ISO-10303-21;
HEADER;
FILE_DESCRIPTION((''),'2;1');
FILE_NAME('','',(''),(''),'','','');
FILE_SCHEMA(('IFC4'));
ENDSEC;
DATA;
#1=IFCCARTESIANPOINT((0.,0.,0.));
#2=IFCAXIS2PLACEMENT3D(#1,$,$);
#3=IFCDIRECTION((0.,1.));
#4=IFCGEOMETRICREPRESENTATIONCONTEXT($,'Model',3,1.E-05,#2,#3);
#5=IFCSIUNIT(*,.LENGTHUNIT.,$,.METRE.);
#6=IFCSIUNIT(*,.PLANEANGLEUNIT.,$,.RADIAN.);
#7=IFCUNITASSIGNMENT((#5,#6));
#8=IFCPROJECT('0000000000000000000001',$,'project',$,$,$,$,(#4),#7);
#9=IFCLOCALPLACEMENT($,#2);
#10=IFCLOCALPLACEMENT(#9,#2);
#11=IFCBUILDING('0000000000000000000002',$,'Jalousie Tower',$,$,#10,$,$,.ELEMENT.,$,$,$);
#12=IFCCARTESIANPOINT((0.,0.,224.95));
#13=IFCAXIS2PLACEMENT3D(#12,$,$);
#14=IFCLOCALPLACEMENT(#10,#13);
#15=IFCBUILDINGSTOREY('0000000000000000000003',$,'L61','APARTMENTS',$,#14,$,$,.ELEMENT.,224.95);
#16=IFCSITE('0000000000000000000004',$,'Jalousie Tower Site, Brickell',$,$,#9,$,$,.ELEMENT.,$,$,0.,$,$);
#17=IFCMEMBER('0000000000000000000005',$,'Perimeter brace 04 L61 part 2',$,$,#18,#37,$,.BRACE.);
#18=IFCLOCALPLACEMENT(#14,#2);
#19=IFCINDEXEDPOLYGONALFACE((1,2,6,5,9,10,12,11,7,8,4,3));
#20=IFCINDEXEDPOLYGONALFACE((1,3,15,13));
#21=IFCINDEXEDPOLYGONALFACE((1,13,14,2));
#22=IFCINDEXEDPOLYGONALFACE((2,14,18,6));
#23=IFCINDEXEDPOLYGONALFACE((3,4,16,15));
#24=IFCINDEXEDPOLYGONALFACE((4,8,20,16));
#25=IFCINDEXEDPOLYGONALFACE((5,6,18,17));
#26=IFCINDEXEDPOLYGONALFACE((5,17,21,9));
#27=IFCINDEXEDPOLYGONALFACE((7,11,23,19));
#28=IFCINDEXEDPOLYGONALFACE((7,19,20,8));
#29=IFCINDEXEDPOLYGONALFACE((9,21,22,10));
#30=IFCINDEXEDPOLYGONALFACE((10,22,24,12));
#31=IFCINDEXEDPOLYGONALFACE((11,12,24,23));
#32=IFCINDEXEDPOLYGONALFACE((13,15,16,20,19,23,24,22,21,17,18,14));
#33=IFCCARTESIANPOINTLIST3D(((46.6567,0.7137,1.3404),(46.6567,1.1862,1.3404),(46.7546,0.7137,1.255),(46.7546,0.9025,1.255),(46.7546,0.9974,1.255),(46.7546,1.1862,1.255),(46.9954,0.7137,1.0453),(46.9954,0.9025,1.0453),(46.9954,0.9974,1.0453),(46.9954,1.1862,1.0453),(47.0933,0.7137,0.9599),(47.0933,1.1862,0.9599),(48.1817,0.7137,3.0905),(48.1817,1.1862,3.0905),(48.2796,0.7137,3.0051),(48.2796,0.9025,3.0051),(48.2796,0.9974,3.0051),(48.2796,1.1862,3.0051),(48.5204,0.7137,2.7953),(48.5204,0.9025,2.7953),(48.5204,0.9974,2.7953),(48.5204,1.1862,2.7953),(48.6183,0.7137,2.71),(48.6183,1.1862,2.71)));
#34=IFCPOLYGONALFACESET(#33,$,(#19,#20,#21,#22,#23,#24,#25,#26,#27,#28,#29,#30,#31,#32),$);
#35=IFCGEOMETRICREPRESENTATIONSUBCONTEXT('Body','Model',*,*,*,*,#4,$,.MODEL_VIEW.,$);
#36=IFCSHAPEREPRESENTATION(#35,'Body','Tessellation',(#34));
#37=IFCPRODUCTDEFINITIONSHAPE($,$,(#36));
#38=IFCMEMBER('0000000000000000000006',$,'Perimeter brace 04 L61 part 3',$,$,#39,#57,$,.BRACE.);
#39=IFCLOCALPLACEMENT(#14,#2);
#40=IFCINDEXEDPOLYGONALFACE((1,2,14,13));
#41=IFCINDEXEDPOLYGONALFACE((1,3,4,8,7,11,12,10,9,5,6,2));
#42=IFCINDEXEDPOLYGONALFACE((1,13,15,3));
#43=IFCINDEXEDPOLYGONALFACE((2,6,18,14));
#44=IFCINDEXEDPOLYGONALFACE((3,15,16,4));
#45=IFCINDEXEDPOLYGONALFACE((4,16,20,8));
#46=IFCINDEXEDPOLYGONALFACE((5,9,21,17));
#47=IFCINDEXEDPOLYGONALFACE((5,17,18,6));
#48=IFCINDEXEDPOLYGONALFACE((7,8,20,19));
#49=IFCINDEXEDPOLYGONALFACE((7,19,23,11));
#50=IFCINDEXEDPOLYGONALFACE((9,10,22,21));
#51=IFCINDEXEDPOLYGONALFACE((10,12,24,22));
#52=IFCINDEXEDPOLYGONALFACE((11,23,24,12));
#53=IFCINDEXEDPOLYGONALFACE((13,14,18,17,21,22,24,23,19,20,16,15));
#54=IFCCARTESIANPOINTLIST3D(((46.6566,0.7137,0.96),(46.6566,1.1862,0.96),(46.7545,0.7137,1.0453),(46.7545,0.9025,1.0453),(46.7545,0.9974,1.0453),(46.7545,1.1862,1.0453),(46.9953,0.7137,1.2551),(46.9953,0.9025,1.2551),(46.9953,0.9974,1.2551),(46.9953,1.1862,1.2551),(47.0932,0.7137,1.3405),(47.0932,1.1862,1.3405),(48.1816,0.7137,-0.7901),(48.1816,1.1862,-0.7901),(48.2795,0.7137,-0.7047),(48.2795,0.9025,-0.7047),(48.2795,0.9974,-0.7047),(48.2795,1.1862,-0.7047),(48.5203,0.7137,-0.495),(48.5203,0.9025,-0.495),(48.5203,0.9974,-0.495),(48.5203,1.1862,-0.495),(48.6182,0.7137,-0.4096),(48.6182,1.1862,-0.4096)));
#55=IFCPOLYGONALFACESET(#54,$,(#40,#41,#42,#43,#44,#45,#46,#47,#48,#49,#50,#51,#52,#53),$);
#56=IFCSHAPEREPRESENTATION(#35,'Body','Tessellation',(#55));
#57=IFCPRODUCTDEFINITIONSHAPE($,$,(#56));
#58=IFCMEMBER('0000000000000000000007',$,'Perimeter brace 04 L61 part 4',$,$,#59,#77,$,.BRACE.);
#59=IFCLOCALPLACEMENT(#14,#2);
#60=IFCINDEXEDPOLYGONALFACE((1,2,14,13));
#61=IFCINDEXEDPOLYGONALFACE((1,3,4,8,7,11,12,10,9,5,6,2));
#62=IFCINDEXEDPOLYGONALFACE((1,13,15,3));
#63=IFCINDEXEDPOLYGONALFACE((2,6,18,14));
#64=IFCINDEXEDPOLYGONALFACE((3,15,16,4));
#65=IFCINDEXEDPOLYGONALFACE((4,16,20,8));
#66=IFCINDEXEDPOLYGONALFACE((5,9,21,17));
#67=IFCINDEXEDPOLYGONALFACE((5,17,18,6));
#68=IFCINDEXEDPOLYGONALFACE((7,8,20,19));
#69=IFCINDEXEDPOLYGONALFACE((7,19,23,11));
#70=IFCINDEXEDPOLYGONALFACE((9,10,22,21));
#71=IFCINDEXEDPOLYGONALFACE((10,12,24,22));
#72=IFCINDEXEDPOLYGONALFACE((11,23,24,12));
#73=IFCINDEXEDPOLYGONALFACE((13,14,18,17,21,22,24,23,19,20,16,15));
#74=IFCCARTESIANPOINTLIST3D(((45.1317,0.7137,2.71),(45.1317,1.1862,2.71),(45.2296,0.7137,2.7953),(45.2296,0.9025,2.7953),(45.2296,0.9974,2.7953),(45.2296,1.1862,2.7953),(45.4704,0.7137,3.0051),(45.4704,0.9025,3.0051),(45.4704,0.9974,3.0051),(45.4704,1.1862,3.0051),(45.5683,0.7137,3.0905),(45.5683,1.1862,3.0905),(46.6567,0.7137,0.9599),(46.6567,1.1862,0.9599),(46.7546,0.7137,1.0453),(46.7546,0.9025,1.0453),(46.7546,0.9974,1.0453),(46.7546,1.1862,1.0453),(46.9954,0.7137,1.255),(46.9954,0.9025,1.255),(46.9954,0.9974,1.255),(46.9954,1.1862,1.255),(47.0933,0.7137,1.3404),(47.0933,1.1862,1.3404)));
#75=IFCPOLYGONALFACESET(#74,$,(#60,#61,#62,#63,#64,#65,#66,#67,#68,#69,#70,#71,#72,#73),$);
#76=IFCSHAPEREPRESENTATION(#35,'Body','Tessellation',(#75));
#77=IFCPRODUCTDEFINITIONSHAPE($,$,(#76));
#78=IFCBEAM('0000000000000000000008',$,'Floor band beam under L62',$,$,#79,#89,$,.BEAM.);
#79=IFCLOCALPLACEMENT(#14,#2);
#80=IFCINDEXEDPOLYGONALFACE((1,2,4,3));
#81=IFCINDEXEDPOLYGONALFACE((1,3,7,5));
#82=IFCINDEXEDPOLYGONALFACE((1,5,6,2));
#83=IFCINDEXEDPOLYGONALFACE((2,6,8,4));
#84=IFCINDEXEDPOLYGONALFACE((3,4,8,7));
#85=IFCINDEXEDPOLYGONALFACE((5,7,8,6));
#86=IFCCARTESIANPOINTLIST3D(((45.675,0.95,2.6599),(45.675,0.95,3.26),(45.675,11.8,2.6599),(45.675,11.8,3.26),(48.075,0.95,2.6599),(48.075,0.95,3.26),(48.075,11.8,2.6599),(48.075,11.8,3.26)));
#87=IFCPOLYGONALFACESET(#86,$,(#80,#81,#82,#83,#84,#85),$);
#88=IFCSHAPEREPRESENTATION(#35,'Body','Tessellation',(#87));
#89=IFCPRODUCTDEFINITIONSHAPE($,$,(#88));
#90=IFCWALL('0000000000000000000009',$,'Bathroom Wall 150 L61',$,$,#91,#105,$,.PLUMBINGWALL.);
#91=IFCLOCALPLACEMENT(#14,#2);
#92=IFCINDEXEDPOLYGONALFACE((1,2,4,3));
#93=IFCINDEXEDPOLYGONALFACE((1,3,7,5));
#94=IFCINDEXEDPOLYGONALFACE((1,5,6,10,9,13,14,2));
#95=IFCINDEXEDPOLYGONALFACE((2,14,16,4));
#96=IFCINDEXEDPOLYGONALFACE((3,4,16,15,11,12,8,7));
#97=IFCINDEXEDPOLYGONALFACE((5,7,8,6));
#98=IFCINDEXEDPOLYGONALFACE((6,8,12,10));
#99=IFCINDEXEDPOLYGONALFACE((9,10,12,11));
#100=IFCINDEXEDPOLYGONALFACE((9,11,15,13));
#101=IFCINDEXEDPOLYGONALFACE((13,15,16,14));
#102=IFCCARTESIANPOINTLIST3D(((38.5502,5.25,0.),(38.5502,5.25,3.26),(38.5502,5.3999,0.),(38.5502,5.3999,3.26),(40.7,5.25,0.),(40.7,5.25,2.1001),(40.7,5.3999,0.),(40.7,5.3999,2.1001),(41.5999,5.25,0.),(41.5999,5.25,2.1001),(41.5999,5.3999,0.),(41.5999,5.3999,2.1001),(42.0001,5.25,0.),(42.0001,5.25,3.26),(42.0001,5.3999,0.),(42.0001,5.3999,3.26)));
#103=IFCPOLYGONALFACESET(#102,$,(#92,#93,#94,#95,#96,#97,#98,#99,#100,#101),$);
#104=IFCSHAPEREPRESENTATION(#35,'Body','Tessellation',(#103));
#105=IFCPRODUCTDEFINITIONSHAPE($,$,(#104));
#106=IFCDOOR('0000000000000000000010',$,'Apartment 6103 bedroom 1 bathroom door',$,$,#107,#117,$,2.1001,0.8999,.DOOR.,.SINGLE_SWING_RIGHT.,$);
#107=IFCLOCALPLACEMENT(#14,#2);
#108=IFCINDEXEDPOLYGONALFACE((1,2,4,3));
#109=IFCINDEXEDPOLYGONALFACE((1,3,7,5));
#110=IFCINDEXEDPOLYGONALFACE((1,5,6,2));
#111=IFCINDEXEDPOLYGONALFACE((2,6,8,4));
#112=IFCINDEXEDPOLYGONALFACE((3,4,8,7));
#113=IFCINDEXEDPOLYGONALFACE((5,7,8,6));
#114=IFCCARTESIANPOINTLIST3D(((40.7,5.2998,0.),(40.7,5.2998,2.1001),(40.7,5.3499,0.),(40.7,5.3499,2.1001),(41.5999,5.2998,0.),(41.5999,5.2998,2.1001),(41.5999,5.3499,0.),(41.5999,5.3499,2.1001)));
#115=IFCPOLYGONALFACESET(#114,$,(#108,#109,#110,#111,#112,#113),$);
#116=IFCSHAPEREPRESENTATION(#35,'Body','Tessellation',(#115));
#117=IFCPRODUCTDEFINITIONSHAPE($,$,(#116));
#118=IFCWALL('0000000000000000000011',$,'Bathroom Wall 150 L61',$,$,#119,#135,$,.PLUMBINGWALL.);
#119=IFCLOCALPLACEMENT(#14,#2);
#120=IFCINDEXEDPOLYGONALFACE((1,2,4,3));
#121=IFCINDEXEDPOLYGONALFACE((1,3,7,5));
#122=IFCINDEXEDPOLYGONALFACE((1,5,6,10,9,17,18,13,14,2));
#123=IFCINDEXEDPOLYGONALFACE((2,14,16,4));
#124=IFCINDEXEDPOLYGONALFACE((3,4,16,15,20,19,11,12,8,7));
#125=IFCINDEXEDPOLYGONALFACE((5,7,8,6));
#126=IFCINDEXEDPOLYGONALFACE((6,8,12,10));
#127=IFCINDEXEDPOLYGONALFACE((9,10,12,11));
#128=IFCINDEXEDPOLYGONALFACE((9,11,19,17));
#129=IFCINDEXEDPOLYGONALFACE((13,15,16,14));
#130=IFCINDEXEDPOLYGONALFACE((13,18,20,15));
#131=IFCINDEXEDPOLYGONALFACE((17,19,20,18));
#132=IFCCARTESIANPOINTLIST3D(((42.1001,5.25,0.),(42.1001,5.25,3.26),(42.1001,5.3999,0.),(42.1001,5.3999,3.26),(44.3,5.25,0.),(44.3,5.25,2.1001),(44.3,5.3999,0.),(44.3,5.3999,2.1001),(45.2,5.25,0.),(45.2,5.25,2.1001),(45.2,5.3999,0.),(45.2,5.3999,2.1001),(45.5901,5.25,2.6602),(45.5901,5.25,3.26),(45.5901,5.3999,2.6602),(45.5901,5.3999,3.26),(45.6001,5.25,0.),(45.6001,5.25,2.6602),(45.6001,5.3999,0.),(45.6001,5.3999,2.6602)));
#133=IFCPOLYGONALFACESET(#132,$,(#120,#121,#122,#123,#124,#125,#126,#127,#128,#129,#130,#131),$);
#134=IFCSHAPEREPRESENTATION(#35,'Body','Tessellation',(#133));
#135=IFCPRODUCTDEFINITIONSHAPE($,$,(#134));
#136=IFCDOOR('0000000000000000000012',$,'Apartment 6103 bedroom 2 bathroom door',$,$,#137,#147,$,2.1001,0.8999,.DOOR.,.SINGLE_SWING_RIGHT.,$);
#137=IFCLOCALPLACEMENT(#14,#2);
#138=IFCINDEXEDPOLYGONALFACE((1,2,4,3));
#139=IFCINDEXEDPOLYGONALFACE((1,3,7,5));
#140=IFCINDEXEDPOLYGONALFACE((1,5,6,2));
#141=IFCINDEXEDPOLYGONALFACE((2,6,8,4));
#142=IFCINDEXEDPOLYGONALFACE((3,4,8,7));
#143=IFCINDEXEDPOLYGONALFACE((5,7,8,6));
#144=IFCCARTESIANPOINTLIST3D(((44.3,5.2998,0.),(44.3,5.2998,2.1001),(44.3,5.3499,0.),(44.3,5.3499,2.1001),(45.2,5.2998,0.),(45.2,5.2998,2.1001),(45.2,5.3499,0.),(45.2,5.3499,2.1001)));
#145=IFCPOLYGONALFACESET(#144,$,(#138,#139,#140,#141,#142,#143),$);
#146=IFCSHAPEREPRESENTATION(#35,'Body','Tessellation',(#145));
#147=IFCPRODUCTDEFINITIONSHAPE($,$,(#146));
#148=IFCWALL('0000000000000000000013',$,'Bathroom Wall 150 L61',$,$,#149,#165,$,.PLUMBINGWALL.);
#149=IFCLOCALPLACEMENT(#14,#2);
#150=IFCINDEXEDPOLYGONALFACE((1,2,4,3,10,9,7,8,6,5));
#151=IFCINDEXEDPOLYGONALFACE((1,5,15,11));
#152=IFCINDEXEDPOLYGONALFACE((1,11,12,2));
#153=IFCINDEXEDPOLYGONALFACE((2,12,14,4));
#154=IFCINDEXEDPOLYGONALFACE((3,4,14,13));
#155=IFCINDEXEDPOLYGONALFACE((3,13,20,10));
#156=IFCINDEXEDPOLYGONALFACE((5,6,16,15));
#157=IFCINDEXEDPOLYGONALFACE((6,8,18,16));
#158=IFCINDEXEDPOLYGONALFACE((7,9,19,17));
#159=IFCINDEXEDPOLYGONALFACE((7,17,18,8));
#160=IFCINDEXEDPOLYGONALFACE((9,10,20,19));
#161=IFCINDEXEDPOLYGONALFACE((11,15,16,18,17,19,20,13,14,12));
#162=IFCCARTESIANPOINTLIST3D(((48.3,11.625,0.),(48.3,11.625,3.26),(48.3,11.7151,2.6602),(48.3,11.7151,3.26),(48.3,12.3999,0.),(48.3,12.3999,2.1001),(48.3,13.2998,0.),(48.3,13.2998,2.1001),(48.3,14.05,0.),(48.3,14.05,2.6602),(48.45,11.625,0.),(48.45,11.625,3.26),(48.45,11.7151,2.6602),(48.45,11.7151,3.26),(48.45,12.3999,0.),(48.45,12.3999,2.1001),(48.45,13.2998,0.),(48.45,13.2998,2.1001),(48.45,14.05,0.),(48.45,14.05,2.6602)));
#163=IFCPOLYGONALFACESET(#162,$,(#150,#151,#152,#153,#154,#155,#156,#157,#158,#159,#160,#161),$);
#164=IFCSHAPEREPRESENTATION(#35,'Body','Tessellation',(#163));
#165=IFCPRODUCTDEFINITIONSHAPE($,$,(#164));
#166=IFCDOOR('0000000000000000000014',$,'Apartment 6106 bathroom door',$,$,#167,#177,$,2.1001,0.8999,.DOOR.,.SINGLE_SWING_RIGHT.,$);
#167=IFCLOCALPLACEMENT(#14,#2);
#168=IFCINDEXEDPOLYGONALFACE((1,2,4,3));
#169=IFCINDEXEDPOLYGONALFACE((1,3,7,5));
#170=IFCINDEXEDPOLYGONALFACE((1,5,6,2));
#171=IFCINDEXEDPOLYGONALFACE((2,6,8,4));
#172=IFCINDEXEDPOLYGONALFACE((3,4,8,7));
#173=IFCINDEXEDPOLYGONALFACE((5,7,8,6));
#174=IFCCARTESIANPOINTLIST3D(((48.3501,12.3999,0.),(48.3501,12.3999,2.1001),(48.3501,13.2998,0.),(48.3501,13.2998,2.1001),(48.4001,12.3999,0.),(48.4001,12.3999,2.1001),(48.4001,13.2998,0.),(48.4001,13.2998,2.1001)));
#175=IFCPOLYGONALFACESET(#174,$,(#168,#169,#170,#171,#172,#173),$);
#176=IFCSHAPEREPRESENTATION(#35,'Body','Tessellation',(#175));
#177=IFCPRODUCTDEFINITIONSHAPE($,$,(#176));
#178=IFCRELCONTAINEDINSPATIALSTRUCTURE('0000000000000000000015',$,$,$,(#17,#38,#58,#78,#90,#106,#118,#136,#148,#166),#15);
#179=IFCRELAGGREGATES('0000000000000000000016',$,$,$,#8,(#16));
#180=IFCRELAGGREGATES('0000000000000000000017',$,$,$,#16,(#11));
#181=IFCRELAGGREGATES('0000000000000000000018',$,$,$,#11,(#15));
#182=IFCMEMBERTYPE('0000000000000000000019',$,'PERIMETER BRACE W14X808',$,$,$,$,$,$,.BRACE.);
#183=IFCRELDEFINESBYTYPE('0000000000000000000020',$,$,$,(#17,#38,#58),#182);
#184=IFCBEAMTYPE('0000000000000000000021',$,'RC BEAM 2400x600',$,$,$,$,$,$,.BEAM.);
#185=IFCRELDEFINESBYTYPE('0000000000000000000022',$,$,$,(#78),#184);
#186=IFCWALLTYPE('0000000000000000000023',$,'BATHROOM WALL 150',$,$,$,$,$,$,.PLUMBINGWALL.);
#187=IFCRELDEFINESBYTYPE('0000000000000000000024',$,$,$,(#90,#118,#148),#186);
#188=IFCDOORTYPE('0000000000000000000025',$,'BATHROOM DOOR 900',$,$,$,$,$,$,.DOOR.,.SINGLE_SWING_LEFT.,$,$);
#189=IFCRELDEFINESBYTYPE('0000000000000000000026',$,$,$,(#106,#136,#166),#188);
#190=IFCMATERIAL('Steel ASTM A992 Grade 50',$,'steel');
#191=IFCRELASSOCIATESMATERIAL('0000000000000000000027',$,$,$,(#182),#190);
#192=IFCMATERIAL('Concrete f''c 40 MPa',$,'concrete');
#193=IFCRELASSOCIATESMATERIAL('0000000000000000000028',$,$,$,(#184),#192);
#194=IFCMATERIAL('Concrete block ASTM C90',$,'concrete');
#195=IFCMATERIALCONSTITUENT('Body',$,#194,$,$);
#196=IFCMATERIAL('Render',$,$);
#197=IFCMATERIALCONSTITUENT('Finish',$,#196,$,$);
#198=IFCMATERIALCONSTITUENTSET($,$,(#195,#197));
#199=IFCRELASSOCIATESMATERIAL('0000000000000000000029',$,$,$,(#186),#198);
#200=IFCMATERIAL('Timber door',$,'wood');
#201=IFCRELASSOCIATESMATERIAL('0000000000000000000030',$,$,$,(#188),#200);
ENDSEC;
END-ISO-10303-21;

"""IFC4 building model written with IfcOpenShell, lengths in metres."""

from ifc_helpers import new_model, si_unit, direction, frame, frame_2d, origin, origin_2d, place, context, subcontext, project, spatial, polyline, rectangle, i_section, outline, extrude, material, constituent, constituent_set, material_profile, profile_set, type_object, element, fill, save


model = new_model("IFC4")

# Units and contexts
model_context = context("Model", 3, precision=1e-05, world=origin(), true_north=direction((0.0, 1.0)))
body_context = subcontext(model_context, "Body", "Model", "MODEL_VIEW")
ifc_project = project(units=[si_unit("LENGTHUNIT", "METRE"), si_unit("PLANEANGLEUNIT", "RADIAN")], contexts=[model_context])

# Site, building, storey
site_placement = place(None, origin())
site = spatial("IfcSite", under=ifc_project, at=site_placement, Name="Jalousie Tower Site, Brickell", CompositionType="ELEMENT", RefElevation=0.0)
building_placement = place(site_placement, origin())
building = spatial("IfcBuilding", under=site, at=building_placement, Name="Jalousie Tower", CompositionType="ELEMENT")
storey_placement = place(building_placement, frame((0.0, 0.0, 224.95)))
storey = spatial("IfcBuildingStorey", under=building, at=storey_placement, Name="L61", Description="APARTMENTS", CompositionType="ELEMENT", Elevation=224.95)

# Members
ifc_material_1 = material(Name="Steel ASTM A992 Grade 50", Category="steel")
ifc_material_profile_1 = material_profile(ifc_material_1, i_section(OverallWidth=0.4724, OverallDepth=0.5791, WebThickness=0.095, FlangeThickness=0.1299, at=origin_2d()), Name="W14X808")
ifc_profile_set_1 = profile_set([ifc_material_profile_1], Name="Steel ASTM A992 Grade 50")
member_type = type_object("IfcMemberType", Name="PERIMETER BRACE W14X808", PredefinedType="BRACE", material=ifc_profile_set_1)
for number, where, z_axis, x_axis, name in (
    (1, (46.875, 0.95, 1.1501), (0.656954, 0.0, 0.75393), (0.0, 1.0, 0.0), "Perimeter brace 04 L61 part 2"),
    (2, (48.3999, 0.95, -0.5999), (-0.656954, 0.0, 0.75393), (0.0, -1.0, 0.0), "Perimeter brace 04 L61 part 3"),
    (3, (46.875, 0.95, 1.1501), (-0.656954, 0.0, 0.75393), (0.0, -1.0, 0.0), "Perimeter brace 04 L61 part 4"),
):
    element("IfcMember", number, at=place(storey_placement, frame(where, z_axis=z_axis, x_axis=x_axis)), inside=storey, type_object=member_type, Name=name, PredefinedType="BRACE", context=body_context, shape_type="SweptSolid", body=[
        extrude(i_section(OverallWidth=0.4724, OverallDepth=0.5791, WebThickness=0.095, FlangeThickness=0.1299, at=origin_2d()), origin(), (0.0, 0.0, 1.0), 2.3213),
    ])

# Beam
ifc_material_2 = material(Name="Concrete f'c 40 MPa", Category="concrete")
ifc_material_profile_2 = material_profile(ifc_material_2, rectangle(XDim=2.3999, YDim=0.6001, at=origin_2d()), Name="RC 2400x600")
ifc_profile_set_2 = profile_set([ifc_material_profile_2], Name="Concrete f'c 40 MPa")
beam_type = type_object("IfcBeamType", Name="RC BEAM 2400x600", PredefinedType="BEAM", material=ifc_profile_set_2)
beam_placement = place(storey_placement, frame((46.875, 0.95, 2.96), z_axis=(0.0, 1.0, 0.0), x_axis=(-1.0, 0.0, 0.0)))
element("IfcBeam", 4, at=beam_placement, inside=storey, type_object=beam_type, Name="Floor band beam under L62", PredefinedType="BEAM", context=body_context, shape_type="SweptSolid", body=[
    extrude(rectangle(XDim=2.3999, YDim=0.6001, at=origin_2d()), origin(), (0.0, 0.0, 1.0), 10.8501),
])

# Walls, openings, doors
ifc_material_3 = material(Name="Concrete block ASTM C90", Category="concrete")
ifc_constituent_1 = constituent(ifc_material_3, Name="Body")
ifc_material_4 = material(Name="Render")
ifc_constituent_2 = constituent(ifc_material_4, Name="Finish")
ifc_constituent_set_1 = constituent_set(constituents=[ifc_constituent_1, ifc_constituent_2])
wall_type_1 = type_object("IfcWallType", Name="BATHROOM WALL 150", PredefinedType="PLUMBINGWALL", material=ifc_constituent_set_1)
wall_1_placement = place(storey_placement, frame((38.55, 5.325, 0.0), z_axis=(0.0, 0.0, 1.0), x_axis=(1.0, 0.0, 0.0)))
wall_1 = element("IfcWall", 5, at=wall_1_placement, inside=storey, type_object=wall_type_1, Name="Bathroom Wall 150 L61", PredefinedType="PLUMBINGWALL", context=body_context, shape_type="SweptSolid", body=[
    extrude(rectangle(XDim=3.45, YDim=0.1499, at=frame_2d((1.7251, 0.0))), origin(), (0.0, 0.0, 1.0), 3.26),
])
opening_1_placement = place(wall_1_placement, frame((2.1499, 0.0, 0.0)))
opening_1 = element("IfcOpeningElement", 6, at=opening_1_placement, cuts=wall_1, PredefinedType="OPENING", context=body_context, shape_type="SweptSolid", body=[
    extrude(rectangle(XDim=0.8999, YDim=2.1001, at=frame_2d((0.45, 1.05))), frame((0.0, 0.085, 0.0), z_axis=(0.0, -1.0, 0.0), x_axis=(1.0, 0.0, 0.0)), (0.0, 0.0, 1.0), 0.1699),
])
ifc_material_5 = material(Name="Timber door", Category="wood")
door_type_1 = type_object("IfcDoorType", Name="BATHROOM DOOR 900", OperationType="SINGLE_SWING_LEFT", PredefinedType="DOOR", material=ifc_material_5)
door_1_placement = place(opening_1_placement, origin())
door_1 = element("IfcDoor", 7, at=door_1_placement, inside=storey, type_object=door_type_1, Name="Apartment 6103 bedroom 1 bathroom door", OperationType="SINGLE_SWING_RIGHT", OverallHeight=2.1001, OverallWidth=0.8999, PredefinedType="DOOR", context=body_context, shape_type="SweptSolid", body=[
    extrude(rectangle(XDim=0.8999, YDim=2.1001, at=frame_2d((0.45, 1.05))), frame((0.0, 0.0249, 0.0), z_axis=(0.0, -1.0, 0.0), x_axis=(1.0, 0.0, 0.0)), (0.0, 0.0, 1.0), 0.05),
])
fill(opening_1, door_1)
wall_2_placement = place(storey_placement, frame((42.1001, 5.325, 0.0), z_axis=(0.0, 0.0, 1.0), x_axis=(1.0, 0.0, 0.0)))
wall_2 = element("IfcWall", 8, at=wall_2_placement, inside=storey, type_object=wall_type_1, Name="Bathroom Wall 150 L61", PredefinedType="PLUMBINGWALL", context=body_context, shape_type="SweptSolid", body=[
    extrude(outline(polyline([(0.0, 0.0), (3.5, 0.0), (3.5, 3.26), (3.5, 2.6602), (3.49, 2.6602), (3.49, 3.26), (0.0, 3.26), (0.0, 0.0)])), frame((0.0, 0.075, 0.0), z_axis=(0.0, -1.0, 0.0), x_axis=(1.0, 0.0, 0.0)), (0.0, 0.0, 1.0), 0.1499),
])
opening_2_placement = place(wall_2_placement, frame((2.2, 0.0, 0.0)))
opening_2 = element("IfcOpeningElement", 9, at=opening_2_placement, cuts=wall_2, PredefinedType="OPENING", context=body_context, shape_type="SweptSolid", body=[
    extrude(rectangle(XDim=0.8999, YDim=2.1001, at=frame_2d((0.45, 1.05))), frame((0.0, 0.085, 0.0), z_axis=(0.0, -1.0, 0.0), x_axis=(1.0, 0.0, 0.0)), (0.0, 0.0, 1.0), 0.1699),
])
door_2_placement = place(opening_2_placement, origin())
door_2 = element("IfcDoor", 10, at=door_2_placement, inside=storey, type_object=door_type_1, Name="Apartment 6103 bedroom 2 bathroom door", OperationType="SINGLE_SWING_RIGHT", OverallHeight=2.1001, OverallWidth=0.8999, PredefinedType="DOOR", context=body_context, shape_type="SweptSolid", body=[
    extrude(rectangle(XDim=0.8999, YDim=2.1001, at=frame_2d((0.45, 1.05))), frame((0.0, 0.0249, 0.0), z_axis=(0.0, -1.0, 0.0), x_axis=(1.0, 0.0, 0.0)), (0.0, 0.0, 1.0), 0.05),
])
fill(opening_2, door_2)
wall_3_placement = place(storey_placement, frame((48.375, 11.625, 0.0), z_axis=(0.0, 0.0, 1.0), x_axis=(0.0, 1.0, 0.0)))
wall_3 = element("IfcWall", 11, at=wall_3_placement, inside=storey, type_object=wall_type_1, Name="Bathroom Wall 150 L61", PredefinedType="PLUMBINGWALL", context=body_context, shape_type="SweptSolid", body=[
    extrude(outline(polyline([(0.0, 0.0), (2.425, 0.0), (2.425, 3.26), (2.425, 2.6602), (0.0901, 2.6602), (0.0901, 3.26), (0.0, 3.26), (0.0, 0.0)])), frame((0.0, 0.075, 0.0), z_axis=(0.0, -1.0, 0.0), x_axis=(1.0, 0.0, 0.0)), (0.0, 0.0, 1.0), 0.1499),
])
opening_3_placement = place(wall_3_placement, frame((0.7749, 0.0, 0.0)))
opening_3 = element("IfcOpeningElement", 12, at=opening_3_placement, cuts=wall_3, PredefinedType="OPENING", context=body_context, shape_type="SweptSolid", body=[
    extrude(rectangle(XDim=0.8999, YDim=2.1001, at=frame_2d((0.45, 1.05))), frame((0.0, 0.085, 0.0), z_axis=(0.0, -1.0, 0.0), x_axis=(1.0, 0.0, 0.0)), (0.0, 0.0, 1.0), 0.1699),
])
door_3_placement = place(opening_3_placement, origin())
door_3 = element("IfcDoor", 13, at=door_3_placement, inside=storey, type_object=door_type_1, Name="Apartment 6106 bathroom door", OperationType="SINGLE_SWING_RIGHT", OverallHeight=2.1001, OverallWidth=0.8999, PredefinedType="DOOR", context=body_context, shape_type="SweptSolid", body=[
    extrude(rectangle(XDim=0.8999, YDim=2.1001, at=frame_2d((0.45, 1.05))), frame((0.0, 0.0249, 0.0), z_axis=(0.0, -1.0, 0.0), x_axis=(1.0, 0.0, 0.0)), (0.0, 0.0, 1.0), 0.05),
])
fill(opening_3, door_3)

save(model, "model.ifc")
